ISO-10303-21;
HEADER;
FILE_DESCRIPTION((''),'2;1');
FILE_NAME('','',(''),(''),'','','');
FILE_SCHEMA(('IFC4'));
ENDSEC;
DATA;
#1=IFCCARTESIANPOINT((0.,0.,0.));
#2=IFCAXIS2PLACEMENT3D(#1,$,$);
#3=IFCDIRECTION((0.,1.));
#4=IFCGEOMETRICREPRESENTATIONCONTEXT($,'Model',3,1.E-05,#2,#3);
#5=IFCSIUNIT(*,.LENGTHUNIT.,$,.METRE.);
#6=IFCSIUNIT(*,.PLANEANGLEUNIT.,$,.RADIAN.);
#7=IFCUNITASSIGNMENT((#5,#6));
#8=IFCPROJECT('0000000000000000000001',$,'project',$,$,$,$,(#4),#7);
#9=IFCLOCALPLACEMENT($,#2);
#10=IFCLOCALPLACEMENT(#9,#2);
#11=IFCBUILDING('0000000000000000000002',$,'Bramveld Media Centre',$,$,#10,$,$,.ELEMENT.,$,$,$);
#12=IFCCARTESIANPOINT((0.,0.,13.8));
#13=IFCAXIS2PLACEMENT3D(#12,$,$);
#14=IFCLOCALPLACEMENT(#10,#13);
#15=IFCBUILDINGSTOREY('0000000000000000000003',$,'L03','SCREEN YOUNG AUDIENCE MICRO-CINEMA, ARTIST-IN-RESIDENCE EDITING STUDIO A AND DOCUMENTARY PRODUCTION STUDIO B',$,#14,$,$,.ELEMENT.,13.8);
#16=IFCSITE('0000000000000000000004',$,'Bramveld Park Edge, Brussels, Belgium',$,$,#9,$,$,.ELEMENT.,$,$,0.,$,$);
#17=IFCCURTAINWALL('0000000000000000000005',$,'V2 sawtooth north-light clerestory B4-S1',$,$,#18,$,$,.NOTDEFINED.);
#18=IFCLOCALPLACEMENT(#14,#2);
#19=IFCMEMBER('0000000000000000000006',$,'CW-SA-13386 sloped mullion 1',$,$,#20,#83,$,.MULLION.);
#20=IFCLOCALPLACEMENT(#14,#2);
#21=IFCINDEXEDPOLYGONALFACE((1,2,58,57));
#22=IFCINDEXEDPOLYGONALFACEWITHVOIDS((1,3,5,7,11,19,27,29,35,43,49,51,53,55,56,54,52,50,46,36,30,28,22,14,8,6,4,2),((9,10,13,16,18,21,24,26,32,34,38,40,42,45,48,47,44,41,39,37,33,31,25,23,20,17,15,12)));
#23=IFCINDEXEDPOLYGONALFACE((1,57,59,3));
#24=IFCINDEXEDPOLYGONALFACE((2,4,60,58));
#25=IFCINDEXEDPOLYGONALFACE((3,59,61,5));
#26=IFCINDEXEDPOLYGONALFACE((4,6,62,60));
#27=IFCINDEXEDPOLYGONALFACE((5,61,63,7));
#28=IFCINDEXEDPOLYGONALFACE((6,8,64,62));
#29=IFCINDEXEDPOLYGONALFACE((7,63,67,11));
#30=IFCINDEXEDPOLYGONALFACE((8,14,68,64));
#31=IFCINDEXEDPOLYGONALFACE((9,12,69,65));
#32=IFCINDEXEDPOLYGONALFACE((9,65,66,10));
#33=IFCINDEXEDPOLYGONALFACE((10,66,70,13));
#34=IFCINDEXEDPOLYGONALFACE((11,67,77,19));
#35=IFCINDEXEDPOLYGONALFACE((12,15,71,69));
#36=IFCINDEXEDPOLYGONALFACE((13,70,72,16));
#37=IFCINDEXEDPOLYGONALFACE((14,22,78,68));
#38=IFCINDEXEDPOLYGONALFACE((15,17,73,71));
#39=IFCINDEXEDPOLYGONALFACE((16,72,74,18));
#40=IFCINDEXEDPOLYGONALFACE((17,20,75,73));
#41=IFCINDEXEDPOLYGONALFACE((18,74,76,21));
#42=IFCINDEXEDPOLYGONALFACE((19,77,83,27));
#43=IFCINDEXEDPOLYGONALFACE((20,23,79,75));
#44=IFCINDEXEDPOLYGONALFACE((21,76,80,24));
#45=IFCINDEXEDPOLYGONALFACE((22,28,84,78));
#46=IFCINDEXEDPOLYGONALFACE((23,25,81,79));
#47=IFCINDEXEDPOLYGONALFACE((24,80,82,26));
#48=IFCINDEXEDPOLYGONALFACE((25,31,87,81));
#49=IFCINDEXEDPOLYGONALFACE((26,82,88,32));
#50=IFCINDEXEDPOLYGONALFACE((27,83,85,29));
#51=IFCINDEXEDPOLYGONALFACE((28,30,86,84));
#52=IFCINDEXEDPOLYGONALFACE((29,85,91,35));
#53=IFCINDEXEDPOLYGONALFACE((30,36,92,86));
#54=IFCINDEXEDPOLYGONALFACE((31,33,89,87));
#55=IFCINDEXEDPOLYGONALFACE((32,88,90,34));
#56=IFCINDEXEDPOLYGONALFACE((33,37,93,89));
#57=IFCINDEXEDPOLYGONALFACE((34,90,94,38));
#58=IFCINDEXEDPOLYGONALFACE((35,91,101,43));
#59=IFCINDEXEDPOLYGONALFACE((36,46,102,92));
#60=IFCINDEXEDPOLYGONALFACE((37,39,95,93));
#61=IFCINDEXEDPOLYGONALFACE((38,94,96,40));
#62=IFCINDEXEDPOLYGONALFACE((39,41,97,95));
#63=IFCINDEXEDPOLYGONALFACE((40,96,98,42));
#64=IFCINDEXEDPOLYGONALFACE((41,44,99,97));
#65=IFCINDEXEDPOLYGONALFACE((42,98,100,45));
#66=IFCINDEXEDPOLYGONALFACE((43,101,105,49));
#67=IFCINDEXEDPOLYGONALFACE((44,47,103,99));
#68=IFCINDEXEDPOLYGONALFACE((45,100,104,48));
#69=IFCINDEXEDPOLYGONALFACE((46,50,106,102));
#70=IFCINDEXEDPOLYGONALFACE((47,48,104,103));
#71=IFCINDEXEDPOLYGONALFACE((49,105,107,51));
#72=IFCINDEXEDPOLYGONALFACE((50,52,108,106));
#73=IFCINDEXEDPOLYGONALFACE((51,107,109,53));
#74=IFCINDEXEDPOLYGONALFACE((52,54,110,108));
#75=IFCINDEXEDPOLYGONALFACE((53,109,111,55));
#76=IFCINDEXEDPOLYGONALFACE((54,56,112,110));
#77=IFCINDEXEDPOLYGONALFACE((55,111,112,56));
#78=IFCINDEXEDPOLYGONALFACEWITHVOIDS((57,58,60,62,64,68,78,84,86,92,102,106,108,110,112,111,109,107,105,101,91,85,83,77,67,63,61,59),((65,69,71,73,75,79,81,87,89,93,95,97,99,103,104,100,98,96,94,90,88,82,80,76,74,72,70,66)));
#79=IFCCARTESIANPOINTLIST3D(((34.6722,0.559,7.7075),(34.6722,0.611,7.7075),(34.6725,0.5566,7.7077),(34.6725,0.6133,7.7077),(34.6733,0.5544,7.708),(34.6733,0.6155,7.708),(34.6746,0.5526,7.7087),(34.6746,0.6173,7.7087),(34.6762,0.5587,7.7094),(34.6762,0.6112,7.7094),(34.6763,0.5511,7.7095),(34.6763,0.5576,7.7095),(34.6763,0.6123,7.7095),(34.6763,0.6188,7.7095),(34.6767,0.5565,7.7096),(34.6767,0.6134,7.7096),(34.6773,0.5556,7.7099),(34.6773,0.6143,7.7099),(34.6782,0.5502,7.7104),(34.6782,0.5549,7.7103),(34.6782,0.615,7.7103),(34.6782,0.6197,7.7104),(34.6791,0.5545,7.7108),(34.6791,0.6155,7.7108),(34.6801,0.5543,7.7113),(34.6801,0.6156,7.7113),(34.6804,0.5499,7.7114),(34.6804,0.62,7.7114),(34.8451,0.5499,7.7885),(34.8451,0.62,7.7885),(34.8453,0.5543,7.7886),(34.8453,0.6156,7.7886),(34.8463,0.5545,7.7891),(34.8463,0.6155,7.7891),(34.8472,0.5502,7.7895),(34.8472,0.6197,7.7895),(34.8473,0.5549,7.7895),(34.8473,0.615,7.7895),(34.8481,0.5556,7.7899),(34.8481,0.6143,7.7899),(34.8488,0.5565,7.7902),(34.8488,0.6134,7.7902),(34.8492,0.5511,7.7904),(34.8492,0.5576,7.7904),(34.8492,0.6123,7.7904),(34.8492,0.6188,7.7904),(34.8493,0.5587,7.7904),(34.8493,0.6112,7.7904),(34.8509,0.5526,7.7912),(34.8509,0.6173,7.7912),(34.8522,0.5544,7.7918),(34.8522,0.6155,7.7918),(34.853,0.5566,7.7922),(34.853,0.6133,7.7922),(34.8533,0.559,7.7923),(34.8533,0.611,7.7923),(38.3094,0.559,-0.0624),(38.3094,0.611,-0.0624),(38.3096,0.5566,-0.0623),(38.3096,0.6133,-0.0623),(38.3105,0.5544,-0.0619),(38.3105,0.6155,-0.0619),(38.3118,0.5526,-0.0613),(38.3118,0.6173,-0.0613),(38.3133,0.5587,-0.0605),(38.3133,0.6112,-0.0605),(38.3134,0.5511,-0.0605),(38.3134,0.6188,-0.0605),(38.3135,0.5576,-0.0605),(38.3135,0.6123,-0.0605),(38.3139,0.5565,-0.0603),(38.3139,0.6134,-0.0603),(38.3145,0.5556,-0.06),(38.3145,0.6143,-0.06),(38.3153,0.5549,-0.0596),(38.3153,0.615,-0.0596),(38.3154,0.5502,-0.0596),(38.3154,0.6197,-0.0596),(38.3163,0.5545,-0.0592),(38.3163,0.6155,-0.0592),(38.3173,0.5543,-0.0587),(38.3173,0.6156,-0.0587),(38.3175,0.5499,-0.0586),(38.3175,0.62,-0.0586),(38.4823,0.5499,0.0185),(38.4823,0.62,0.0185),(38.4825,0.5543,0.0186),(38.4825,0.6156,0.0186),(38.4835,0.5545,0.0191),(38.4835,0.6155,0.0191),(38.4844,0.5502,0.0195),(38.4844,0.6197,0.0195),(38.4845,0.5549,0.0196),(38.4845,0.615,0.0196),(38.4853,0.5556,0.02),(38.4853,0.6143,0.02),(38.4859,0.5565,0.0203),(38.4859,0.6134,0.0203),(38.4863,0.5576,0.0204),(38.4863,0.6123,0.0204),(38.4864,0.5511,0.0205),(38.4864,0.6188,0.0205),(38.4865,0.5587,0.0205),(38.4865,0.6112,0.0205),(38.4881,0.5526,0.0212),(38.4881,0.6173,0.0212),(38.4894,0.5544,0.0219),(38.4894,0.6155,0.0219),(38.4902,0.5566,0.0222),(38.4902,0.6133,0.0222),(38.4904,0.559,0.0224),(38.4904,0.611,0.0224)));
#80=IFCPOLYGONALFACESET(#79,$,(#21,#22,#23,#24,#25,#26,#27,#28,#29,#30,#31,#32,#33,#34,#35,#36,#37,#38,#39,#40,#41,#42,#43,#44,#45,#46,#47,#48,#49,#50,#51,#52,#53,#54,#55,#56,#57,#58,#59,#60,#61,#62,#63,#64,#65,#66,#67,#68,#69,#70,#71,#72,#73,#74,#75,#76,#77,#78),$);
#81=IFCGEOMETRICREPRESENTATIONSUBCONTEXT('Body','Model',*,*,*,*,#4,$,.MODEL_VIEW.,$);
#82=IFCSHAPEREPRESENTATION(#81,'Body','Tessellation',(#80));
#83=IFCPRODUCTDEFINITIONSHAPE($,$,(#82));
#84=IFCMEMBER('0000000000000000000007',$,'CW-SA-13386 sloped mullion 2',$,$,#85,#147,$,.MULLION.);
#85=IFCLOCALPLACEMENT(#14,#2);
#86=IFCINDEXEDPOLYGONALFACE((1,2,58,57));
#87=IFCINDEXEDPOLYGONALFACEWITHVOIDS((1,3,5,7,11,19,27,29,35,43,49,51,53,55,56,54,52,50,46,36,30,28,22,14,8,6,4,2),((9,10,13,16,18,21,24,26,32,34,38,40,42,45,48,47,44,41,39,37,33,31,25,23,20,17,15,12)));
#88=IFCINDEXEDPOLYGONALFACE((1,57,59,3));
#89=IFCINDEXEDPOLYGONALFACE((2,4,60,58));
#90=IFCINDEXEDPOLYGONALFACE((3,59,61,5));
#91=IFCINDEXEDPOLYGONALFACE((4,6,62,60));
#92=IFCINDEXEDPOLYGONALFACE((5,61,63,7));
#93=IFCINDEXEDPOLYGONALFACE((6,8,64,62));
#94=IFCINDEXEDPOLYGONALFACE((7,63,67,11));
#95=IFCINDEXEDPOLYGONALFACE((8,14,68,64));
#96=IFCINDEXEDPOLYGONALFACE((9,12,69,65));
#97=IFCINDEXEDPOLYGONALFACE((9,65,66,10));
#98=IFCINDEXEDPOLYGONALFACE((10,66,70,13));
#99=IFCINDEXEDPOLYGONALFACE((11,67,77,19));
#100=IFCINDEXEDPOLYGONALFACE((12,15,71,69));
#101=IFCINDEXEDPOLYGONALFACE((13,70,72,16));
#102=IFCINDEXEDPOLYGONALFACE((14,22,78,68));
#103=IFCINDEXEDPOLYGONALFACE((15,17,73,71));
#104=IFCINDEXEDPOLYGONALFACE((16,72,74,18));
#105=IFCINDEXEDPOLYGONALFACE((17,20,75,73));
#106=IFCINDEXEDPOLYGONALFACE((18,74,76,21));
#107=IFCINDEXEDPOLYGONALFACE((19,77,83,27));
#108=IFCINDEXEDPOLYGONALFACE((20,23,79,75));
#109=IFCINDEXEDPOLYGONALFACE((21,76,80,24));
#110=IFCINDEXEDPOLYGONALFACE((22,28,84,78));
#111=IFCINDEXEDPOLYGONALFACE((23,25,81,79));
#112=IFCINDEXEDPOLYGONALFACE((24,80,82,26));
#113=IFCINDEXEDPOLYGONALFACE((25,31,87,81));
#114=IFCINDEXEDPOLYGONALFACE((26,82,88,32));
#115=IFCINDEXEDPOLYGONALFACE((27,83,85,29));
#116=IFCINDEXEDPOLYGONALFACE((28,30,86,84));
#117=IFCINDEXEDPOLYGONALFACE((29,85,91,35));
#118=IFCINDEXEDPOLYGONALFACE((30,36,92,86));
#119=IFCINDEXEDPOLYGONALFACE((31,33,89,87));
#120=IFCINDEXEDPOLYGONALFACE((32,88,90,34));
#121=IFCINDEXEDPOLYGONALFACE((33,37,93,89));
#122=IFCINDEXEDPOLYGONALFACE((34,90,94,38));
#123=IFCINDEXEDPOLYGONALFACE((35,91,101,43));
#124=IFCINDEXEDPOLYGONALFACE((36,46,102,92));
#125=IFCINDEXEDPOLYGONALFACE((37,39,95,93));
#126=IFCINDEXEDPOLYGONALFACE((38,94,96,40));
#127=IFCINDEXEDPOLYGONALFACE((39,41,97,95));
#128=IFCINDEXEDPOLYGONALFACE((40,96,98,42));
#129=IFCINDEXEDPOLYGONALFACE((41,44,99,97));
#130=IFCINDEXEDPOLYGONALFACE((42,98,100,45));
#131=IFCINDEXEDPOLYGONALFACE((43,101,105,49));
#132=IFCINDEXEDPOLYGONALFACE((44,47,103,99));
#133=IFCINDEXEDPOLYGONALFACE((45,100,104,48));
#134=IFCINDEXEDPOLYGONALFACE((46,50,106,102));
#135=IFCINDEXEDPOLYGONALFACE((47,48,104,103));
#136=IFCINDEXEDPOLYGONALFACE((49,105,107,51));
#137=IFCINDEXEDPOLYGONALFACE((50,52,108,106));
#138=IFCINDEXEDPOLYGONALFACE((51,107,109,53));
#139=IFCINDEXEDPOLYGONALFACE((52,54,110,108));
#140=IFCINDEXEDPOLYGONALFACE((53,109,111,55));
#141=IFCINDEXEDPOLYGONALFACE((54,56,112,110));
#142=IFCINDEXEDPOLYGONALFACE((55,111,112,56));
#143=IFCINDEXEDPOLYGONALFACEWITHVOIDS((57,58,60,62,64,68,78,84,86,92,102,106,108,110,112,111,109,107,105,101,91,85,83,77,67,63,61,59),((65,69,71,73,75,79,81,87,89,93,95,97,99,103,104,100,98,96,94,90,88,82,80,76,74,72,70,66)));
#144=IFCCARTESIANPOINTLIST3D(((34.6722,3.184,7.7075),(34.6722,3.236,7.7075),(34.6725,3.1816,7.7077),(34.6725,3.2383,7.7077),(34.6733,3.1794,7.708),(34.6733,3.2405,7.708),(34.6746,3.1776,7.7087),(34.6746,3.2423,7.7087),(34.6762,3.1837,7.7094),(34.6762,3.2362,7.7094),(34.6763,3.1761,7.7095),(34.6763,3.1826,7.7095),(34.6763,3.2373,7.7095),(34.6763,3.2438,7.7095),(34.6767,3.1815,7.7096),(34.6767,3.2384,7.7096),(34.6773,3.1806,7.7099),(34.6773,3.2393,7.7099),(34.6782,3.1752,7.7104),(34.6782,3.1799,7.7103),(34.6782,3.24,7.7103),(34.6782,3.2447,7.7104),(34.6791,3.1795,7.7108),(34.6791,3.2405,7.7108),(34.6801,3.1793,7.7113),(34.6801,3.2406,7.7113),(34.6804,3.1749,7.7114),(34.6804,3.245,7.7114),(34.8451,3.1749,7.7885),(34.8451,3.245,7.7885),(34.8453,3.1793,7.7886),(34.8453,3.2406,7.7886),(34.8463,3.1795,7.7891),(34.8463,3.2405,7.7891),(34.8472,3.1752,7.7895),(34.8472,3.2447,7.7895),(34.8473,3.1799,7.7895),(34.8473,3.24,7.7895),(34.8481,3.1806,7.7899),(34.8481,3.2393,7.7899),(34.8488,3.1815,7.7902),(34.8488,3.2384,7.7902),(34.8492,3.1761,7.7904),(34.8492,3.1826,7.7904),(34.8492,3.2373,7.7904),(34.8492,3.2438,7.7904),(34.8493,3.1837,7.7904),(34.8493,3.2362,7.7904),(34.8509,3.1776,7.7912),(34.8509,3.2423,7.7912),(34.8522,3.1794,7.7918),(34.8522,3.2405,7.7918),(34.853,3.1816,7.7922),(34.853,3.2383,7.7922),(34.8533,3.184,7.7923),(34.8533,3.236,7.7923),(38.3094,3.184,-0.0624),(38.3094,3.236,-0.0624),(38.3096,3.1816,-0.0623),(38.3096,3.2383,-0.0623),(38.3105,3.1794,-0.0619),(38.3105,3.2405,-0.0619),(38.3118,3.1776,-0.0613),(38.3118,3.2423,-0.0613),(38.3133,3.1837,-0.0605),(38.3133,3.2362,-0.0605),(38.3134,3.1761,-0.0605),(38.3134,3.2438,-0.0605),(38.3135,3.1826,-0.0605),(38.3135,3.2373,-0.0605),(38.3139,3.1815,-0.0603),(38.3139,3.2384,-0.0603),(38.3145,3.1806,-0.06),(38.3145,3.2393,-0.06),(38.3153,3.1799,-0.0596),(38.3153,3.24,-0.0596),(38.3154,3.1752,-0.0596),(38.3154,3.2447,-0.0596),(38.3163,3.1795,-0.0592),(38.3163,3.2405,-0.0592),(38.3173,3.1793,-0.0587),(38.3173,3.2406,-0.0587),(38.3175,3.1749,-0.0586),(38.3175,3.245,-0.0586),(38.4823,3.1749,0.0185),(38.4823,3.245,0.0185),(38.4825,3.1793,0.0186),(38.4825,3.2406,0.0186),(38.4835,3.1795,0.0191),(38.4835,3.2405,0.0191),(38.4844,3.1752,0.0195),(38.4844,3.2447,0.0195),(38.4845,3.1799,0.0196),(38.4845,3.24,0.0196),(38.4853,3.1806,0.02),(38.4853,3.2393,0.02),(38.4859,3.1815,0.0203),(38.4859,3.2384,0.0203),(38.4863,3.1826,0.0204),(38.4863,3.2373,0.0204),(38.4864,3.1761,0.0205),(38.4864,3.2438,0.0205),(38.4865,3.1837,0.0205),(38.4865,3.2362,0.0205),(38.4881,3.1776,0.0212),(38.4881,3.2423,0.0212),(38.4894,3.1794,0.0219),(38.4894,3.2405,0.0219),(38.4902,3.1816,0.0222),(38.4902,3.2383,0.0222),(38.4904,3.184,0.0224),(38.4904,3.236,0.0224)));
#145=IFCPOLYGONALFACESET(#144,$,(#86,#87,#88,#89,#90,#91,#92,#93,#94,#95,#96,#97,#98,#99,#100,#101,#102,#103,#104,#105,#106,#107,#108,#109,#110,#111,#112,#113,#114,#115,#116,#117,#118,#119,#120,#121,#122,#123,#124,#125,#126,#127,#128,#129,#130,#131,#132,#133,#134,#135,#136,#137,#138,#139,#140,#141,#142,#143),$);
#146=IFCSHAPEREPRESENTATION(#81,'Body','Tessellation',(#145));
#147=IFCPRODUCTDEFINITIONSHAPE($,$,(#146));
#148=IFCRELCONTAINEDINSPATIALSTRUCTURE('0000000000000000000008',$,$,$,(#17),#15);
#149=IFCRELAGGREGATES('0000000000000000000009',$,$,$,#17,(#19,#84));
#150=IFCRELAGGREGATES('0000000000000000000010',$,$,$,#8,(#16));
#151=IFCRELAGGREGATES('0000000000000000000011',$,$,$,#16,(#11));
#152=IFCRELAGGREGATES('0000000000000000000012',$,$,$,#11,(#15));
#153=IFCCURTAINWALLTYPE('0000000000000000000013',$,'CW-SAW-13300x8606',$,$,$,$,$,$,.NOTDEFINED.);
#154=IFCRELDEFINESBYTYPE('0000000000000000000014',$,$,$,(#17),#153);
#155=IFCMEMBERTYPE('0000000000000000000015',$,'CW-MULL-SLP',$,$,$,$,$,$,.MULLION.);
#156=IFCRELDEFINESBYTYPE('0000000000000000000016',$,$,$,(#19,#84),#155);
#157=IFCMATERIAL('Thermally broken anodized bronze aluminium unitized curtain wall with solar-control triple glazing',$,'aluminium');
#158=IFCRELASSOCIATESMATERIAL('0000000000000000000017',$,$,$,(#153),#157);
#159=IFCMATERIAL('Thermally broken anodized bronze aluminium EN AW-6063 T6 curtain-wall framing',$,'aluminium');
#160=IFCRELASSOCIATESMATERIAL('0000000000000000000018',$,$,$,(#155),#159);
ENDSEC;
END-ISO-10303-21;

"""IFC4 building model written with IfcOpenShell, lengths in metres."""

from ifc_helpers import new_model, si_unit, direction, frame, origin, origin_2d, place, context, subcontext, project, spatial, hollow_rectangle, extrude, material, material_profile, profile_set, type_object, element, aggregate, save


model = new_model("IFC4")

# Units and contexts
model_context = context("Model", 3, precision=1e-05, world=origin(), true_north=direction((0.0, 1.0)))
body_context = subcontext(model_context, "Body", "Model", "MODEL_VIEW")
ifc_project = project(units=[si_unit("LENGTHUNIT", "METRE"), si_unit("PLANEANGLEUNIT", "RADIAN")], contexts=[model_context])

# Site, building, storey
site_placement = place(None, origin())
site = spatial("IfcSite", under=ifc_project, at=site_placement, Name="Bramveld Park Edge, Brussels, Belgium", CompositionType="ELEMENT", RefElevation=0.0)
building_placement = place(site_placement, origin())
building = spatial("IfcBuilding", under=site, at=building_placement, Name="Bramveld Media Centre", CompositionType="ELEMENT")
storey_placement = place(building_placement, frame((0.0, 0.0, 13.8)))
storey = spatial("IfcBuildingStorey", under=building, at=storey_placement, Name="L03", Description="SCREEN YOUNG AUDIENCE MICRO-CINEMA, ARTIST-IN-RESIDENCE EDITING STUDIO A AND DOCUMENTARY PRODUCTION STUDIO B", CompositionType="ELEMENT", Elevation=13.8)

# Curtain wall, members
ifc_material_1 = material(Name="Thermally broken anodized bronze aluminium unitized curtain wall with solar-control triple glazing", Category="aluminium")
curtain_wall_type = type_object("IfcCurtainWallType", Name="CW-SAW-13300x8606", PredefinedType="NOTDEFINED", material=ifc_material_1)
curtain_wall_placement = place(storey_placement, origin())
curtain_wall = element("IfcCurtainWall", 1, at=curtain_wall_placement, inside=storey, type_object=curtain_wall_type, Name="V2 sawtooth north-light clerestory B4-S1", PredefinedType="NOTDEFINED")
ifc_material_2 = material(Name="Thermally broken anodized bronze aluminium EN AW-6063 T6 curtain-wall framing", Category="aluminium")
ifc_material_profile_1 = material_profile(ifc_material_2, hollow_rectangle(XDim=0.0701, YDim=0.2, WallThickness=0.0044, InnerFilletRadius=0.0044, OuterFilletRadius=0.009, at=origin_2d()), Name="AL-MULL 70x200")
ifc_profile_set_1 = profile_set([ifc_material_profile_1], Name="Thermally broken anodized bronze aluminium EN AW-6063 T6 curtain-wall framing")
member_type_1 = type_object("IfcMemberType", Name="CW-MULL-SLP", PredefinedType="MULLION", material=ifc_profile_set_1)
member_1_placement = place(storey_placement, frame((38.3999, 0.585, -0.02), z_axis=(-0.423957, 0.0, 0.905682), x_axis=(0.0, -1.0, 0.0)))
member_1 = element("IfcMember", 2, at=member_1_placement, type_object=member_type_1, Name="CW-SA-13386 sloped mullion 1", PredefinedType="MULLION", context=body_context, shape_type="SweptSolid", body=[
    extrude(hollow_rectangle(XDim=0.0701, YDim=0.2, WallThickness=0.0044, InnerFilletRadius=0.0044, OuterFilletRadius=0.009, at=origin_2d()), origin(), (0.0, 0.0, 1.0), 8.5791),
])
member_2_placement = place(storey_placement, frame((38.3999, 3.21, -0.02), z_axis=(-0.423957, 0.0, 0.905682), x_axis=(0.0, -1.0, 0.0)))
member_2 = element("IfcMember", 3, at=member_2_placement, type_object=member_type_1, Name="CW-SA-13386 sloped mullion 2", PredefinedType="MULLION", context=body_context, shape_type="SweptSolid", body=[
    extrude(hollow_rectangle(XDim=0.0701, YDim=0.2, WallThickness=0.0044, InnerFilletRadius=0.0044, OuterFilletRadius=0.009, at=origin_2d()), origin(), (0.0, 0.0, 1.0), 8.5791),
])

aggregate(curtain_wall, [member_1, member_2])

save(model, "model.ifc")
